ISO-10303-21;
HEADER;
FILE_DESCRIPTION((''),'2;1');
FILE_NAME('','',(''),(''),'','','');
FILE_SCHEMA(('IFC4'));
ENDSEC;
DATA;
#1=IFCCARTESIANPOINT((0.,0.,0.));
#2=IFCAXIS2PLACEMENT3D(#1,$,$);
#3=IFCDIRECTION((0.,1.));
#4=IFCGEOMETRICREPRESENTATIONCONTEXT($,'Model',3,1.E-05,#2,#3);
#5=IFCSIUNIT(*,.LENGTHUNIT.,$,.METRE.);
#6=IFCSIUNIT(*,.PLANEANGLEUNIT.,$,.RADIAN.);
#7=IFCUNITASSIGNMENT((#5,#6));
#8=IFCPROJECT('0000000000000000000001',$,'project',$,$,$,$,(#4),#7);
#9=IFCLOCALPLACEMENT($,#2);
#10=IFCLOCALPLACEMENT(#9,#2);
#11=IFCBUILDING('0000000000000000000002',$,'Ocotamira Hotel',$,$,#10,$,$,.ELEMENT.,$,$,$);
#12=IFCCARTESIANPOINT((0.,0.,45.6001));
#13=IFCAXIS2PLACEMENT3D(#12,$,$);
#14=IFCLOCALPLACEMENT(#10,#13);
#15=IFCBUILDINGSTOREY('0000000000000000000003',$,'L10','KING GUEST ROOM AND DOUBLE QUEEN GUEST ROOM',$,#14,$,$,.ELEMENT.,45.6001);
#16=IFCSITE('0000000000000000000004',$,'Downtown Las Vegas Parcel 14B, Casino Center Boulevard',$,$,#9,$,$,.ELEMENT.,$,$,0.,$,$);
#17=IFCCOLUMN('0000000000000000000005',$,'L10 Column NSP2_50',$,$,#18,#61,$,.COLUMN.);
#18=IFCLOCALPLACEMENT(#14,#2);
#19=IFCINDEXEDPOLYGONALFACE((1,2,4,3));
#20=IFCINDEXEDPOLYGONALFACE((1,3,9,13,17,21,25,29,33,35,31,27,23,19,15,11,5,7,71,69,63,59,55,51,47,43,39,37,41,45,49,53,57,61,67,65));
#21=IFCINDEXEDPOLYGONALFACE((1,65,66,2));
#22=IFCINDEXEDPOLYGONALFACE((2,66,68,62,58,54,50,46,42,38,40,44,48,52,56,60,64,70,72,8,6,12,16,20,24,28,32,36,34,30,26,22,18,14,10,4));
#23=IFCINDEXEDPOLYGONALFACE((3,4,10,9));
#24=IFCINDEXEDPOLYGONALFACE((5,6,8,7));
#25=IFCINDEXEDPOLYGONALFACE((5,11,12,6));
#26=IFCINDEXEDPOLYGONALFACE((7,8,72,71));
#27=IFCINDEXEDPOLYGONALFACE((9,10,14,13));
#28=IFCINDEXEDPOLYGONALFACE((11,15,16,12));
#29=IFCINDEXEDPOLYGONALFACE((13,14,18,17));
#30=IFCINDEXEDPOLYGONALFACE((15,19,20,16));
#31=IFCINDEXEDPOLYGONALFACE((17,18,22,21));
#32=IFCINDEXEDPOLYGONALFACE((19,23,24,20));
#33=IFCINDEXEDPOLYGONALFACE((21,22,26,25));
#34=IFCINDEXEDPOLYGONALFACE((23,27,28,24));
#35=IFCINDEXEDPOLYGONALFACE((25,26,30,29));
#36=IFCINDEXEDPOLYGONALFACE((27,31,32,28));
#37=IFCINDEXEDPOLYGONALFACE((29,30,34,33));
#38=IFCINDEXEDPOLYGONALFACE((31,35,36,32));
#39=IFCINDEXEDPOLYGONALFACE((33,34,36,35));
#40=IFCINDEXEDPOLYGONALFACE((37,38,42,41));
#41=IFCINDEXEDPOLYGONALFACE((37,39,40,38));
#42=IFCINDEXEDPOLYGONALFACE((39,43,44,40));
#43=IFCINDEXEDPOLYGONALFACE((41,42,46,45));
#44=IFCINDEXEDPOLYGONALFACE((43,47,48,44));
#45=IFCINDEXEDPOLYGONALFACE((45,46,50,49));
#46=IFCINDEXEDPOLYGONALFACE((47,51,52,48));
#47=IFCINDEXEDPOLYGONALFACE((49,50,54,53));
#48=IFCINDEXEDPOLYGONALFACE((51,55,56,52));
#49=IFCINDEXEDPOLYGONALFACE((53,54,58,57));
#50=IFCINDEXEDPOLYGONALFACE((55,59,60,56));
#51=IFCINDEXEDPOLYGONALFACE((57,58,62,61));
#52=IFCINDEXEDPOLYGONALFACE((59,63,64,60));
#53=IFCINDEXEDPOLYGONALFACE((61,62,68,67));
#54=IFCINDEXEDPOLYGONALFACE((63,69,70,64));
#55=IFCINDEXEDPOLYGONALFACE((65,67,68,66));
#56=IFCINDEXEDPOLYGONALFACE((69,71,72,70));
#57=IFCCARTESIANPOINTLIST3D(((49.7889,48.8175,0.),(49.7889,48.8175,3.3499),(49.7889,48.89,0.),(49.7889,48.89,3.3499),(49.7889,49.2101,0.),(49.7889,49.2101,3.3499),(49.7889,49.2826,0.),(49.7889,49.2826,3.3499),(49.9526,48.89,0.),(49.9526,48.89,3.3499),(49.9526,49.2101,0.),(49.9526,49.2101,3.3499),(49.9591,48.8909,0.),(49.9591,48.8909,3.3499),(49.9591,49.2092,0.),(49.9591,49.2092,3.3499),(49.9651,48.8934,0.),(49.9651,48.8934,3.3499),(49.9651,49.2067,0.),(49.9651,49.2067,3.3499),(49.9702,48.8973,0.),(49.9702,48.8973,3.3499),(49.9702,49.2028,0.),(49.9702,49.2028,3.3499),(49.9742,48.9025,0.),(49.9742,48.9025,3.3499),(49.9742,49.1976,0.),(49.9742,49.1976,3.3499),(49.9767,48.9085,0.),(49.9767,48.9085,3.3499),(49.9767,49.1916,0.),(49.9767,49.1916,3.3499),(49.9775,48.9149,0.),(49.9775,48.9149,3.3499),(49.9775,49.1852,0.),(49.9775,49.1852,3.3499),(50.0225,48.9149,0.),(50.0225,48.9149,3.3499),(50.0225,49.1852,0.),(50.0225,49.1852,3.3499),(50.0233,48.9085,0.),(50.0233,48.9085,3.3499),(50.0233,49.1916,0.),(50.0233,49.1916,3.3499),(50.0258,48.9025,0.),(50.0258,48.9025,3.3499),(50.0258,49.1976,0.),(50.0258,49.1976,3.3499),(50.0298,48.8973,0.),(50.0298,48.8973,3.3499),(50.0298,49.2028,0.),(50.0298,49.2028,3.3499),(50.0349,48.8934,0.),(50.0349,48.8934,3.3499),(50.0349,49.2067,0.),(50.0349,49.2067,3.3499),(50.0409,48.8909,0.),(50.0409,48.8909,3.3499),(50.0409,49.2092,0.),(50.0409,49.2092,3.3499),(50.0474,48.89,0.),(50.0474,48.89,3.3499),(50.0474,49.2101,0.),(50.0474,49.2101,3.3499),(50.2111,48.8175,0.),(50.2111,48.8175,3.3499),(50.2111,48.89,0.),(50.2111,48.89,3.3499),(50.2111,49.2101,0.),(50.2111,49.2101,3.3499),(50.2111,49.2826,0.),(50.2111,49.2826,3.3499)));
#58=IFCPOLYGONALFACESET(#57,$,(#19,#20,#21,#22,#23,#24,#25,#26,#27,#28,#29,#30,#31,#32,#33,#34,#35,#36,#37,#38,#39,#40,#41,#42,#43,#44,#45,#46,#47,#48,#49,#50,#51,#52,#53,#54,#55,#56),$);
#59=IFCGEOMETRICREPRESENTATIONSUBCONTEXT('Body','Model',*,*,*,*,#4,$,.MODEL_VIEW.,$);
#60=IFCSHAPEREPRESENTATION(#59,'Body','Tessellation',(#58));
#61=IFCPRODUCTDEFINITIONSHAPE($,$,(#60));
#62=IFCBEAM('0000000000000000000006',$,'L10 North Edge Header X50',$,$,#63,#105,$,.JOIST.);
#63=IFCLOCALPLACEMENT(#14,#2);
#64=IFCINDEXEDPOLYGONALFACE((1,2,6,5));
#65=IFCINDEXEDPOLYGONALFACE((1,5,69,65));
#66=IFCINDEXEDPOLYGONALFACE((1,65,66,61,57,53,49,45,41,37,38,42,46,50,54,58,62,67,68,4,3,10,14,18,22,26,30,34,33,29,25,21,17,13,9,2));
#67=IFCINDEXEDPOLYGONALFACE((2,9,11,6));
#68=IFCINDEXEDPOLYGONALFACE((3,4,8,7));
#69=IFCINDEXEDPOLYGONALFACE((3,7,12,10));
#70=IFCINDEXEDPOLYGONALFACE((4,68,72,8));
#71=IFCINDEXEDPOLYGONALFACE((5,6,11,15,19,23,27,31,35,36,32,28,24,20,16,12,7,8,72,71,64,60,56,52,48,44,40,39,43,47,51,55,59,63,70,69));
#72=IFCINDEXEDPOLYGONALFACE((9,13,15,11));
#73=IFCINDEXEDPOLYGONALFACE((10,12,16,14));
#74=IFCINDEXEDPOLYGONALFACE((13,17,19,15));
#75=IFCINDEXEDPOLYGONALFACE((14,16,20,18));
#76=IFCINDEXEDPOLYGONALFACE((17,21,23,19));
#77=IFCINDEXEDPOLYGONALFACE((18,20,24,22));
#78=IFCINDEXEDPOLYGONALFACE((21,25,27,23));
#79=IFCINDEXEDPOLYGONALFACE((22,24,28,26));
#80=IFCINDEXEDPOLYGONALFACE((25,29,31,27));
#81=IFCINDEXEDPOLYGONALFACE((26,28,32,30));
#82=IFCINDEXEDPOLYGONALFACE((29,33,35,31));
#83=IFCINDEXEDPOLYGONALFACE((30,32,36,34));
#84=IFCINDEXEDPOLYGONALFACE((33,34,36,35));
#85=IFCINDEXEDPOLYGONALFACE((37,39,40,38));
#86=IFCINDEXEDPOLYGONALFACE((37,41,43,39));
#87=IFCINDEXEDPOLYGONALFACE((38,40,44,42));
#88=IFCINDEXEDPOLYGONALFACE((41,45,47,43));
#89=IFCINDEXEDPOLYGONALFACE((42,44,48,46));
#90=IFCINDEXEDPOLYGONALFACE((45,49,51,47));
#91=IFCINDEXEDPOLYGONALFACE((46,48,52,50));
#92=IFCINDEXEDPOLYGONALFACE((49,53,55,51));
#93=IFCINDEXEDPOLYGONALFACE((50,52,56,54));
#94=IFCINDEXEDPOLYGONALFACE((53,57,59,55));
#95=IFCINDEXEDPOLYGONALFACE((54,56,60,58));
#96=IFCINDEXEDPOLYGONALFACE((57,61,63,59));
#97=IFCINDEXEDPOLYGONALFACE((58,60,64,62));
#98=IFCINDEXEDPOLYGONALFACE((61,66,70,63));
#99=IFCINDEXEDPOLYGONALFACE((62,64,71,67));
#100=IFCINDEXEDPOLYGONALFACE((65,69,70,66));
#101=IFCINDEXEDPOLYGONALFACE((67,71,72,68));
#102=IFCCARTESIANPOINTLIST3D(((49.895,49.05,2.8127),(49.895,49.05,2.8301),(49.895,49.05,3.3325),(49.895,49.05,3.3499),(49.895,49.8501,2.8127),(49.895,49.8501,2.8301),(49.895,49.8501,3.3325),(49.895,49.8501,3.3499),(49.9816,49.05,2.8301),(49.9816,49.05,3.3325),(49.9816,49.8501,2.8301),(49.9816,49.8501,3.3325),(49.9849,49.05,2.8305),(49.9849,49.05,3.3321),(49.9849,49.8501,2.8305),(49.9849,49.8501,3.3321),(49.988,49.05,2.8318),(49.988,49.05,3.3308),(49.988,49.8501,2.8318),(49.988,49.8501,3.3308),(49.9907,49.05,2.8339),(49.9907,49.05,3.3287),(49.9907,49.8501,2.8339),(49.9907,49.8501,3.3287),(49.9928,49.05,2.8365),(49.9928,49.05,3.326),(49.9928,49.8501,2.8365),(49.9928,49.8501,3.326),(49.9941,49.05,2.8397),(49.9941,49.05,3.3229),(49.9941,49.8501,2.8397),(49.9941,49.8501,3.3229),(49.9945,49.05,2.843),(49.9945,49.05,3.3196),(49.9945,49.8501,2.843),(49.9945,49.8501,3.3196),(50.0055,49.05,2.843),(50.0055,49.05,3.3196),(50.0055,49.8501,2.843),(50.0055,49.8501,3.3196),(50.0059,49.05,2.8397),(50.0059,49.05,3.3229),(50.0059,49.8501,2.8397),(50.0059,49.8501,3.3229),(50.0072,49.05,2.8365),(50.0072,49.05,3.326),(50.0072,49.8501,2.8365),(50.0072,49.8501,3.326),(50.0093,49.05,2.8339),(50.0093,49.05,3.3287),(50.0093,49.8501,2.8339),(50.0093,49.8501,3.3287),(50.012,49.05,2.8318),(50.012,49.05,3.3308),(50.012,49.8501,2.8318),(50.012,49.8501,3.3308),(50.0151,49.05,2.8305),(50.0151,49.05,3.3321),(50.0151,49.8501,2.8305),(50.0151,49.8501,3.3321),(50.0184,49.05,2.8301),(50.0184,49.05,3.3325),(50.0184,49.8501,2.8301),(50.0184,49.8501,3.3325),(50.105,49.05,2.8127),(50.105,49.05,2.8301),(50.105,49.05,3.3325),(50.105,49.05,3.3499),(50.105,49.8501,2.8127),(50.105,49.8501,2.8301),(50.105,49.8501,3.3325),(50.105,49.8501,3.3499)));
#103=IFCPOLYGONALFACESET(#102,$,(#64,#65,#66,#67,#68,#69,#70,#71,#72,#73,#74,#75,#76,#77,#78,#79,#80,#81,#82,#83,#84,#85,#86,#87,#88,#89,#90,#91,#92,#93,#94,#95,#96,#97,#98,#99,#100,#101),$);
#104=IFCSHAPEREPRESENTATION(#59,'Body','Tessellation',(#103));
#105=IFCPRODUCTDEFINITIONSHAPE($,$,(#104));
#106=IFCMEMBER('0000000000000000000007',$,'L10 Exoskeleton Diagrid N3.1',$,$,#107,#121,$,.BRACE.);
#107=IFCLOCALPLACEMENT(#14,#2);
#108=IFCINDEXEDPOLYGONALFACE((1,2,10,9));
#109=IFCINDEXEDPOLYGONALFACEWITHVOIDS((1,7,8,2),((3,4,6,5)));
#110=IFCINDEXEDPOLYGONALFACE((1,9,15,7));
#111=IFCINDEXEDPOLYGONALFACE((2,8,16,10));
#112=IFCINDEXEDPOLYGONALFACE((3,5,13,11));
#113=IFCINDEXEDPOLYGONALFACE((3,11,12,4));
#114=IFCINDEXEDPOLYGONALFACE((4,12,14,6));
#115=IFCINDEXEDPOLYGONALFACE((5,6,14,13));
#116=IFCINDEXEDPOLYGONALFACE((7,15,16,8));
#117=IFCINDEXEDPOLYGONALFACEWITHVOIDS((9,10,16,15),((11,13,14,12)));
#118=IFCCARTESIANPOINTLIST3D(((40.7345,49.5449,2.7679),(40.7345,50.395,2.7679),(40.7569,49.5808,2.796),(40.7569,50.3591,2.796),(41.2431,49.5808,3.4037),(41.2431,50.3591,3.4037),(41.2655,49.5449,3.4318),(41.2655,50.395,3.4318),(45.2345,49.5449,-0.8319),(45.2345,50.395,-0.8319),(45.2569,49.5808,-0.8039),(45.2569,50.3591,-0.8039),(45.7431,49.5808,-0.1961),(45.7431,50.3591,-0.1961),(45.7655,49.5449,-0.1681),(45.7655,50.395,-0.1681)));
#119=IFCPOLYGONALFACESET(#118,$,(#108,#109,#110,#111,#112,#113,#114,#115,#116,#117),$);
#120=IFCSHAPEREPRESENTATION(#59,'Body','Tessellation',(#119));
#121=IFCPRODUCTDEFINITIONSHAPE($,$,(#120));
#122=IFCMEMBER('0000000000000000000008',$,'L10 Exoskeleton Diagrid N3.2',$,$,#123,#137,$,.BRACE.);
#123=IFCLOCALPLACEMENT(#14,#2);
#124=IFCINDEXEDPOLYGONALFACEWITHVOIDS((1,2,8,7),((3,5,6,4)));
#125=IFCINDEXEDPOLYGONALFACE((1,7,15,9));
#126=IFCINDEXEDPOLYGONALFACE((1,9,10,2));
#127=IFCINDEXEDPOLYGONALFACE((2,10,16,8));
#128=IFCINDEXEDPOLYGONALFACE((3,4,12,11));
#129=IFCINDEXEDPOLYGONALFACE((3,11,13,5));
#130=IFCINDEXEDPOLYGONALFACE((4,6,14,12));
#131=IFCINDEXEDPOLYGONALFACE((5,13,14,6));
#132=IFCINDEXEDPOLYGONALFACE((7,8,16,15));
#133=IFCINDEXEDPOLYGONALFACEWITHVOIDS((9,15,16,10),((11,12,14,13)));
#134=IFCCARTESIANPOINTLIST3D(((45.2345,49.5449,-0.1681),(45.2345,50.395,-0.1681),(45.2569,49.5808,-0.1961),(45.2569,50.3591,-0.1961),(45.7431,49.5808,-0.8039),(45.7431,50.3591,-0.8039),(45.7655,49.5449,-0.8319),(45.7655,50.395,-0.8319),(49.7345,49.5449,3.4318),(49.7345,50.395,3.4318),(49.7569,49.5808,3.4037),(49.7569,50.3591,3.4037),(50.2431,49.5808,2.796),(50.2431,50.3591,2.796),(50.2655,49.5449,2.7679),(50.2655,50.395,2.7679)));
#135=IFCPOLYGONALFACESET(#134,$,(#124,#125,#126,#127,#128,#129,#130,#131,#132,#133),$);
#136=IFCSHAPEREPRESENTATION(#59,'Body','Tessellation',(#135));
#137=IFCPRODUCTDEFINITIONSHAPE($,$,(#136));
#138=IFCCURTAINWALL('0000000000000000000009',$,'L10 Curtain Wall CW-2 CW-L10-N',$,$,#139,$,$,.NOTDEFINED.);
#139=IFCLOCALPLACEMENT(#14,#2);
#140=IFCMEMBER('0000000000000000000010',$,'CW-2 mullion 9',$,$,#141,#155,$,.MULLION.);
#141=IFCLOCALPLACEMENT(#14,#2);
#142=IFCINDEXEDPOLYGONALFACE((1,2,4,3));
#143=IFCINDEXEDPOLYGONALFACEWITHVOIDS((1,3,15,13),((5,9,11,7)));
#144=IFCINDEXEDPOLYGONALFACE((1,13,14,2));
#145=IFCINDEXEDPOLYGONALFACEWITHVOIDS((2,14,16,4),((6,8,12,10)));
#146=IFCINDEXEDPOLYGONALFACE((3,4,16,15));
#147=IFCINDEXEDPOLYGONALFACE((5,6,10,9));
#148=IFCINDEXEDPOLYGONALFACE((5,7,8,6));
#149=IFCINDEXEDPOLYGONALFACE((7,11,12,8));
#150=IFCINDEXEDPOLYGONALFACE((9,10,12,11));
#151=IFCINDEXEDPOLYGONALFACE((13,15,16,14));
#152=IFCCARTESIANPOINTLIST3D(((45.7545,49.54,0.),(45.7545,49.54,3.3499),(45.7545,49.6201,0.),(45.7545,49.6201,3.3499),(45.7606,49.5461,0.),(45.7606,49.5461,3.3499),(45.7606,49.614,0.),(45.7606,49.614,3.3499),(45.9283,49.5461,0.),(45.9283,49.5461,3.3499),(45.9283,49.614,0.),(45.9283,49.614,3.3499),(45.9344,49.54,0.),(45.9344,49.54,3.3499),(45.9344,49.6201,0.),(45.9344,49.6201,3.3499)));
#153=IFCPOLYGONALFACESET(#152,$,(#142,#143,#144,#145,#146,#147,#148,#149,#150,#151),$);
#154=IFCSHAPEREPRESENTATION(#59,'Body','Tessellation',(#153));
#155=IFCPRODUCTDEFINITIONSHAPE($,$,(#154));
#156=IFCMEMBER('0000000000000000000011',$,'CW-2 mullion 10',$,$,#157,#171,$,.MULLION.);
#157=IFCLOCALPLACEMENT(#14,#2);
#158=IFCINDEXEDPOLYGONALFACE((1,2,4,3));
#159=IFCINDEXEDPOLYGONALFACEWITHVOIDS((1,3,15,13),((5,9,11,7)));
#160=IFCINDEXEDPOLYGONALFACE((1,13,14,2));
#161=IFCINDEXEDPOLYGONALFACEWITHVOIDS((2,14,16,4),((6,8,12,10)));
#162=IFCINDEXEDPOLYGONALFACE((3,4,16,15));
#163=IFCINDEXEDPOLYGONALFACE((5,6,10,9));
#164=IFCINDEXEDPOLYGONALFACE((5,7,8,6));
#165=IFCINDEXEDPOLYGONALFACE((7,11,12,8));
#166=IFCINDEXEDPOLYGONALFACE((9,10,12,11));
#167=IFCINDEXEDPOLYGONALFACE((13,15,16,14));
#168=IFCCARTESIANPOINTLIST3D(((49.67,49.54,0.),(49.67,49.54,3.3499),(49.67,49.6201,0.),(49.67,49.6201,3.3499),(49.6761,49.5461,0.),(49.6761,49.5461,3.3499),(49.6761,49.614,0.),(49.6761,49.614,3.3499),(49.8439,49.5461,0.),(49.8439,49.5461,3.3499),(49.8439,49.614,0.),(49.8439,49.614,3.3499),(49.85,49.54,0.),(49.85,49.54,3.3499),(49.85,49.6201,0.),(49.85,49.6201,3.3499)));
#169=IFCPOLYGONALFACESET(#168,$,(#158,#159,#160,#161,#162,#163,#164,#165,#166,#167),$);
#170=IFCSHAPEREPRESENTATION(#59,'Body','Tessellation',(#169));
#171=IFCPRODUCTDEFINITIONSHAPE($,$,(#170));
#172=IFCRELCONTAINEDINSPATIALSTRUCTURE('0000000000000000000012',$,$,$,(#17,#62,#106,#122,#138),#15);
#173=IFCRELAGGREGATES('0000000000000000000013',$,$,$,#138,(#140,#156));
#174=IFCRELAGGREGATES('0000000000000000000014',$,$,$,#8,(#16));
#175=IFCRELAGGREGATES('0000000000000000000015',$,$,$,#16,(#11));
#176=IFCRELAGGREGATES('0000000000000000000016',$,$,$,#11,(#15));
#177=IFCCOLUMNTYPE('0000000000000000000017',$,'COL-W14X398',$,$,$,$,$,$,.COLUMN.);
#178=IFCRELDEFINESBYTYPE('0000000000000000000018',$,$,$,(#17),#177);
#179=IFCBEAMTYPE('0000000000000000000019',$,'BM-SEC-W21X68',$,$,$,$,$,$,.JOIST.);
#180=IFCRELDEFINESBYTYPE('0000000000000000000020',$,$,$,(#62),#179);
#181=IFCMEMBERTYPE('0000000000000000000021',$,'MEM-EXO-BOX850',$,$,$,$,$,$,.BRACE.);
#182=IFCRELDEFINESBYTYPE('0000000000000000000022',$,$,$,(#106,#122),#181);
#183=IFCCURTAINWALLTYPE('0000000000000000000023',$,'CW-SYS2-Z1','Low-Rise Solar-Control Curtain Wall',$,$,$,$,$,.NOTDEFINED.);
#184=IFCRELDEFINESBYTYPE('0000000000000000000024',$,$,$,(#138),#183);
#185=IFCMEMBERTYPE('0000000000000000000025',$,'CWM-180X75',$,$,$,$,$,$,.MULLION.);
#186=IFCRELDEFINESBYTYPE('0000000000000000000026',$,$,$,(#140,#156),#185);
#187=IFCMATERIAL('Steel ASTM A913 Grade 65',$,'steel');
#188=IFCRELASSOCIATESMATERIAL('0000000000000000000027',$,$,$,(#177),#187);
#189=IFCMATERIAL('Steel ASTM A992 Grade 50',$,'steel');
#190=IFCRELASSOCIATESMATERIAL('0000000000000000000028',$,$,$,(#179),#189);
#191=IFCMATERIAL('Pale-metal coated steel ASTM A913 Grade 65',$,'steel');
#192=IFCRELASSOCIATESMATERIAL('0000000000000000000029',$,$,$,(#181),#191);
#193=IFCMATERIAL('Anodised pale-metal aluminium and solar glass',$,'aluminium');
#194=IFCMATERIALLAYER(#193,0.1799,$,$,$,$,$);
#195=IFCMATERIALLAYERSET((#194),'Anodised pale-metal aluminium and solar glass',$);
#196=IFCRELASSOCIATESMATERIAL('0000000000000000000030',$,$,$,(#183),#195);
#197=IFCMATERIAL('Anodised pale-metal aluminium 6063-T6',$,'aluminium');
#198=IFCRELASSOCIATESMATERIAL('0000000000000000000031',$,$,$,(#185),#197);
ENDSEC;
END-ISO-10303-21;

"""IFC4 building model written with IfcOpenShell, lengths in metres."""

from ifc_helpers import new_model, si_unit, direction, frame, origin, origin_2d, place, context, subcontext, project, spatial, hollow_rectangle, i_section, extrude, source, transform, mapped, material, layer, layer_set, material_profile, profile_set, type_object, element, aggregate, save


model = new_model("IFC4")

# Units and contexts
model_context = context("Model", 3, precision=1e-05, world=origin(), true_north=direction((0.0, 1.0)))
body_context = subcontext(model_context, "Body", "Model", "MODEL_VIEW")
ifc_project = project(units=[si_unit("LENGTHUNIT", "METRE"), si_unit("PLANEANGLEUNIT", "RADIAN")], contexts=[model_context])

# Site, building, storey
site_placement = place(None, origin())
site = spatial("IfcSite", under=ifc_project, at=site_placement, Name="Downtown Las Vegas Parcel 14B, Casino Center Boulevard", CompositionType="ELEMENT", RefElevation=0.0)
building_placement = place(site_placement, origin())
building = spatial("IfcBuilding", under=site, at=building_placement, Name="Ocotamira Hotel", CompositionType="ELEMENT")
storey_placement = place(building_placement, frame((0.0, 0.0, 45.6001)))
storey = spatial("IfcBuildingStorey", under=building, at=storey_placement, Name="L10", Description="KING GUEST ROOM AND DOUBLE QUEEN GUEST ROOM", CompositionType="ELEMENT", Elevation=45.6001)

# Column
ifc_material_1 = material(Name="Steel ASTM A913 Grade 65", Category="steel")
ifc_material_profile_1 = material_profile(ifc_material_1, i_section(OverallWidth=0.4221, OverallDepth=0.4651, WebThickness=0.0449, FlangeThickness=0.0725, FilletRadius=0.0249, at=origin_2d()), Name="W14X398")
ifc_profile_set_1 = profile_set([ifc_material_profile_1], Name="Steel ASTM A913 Grade 65")
column_type = type_object("IfcColumnType", Name="COL-W14X398", PredefinedType="COLUMN", material=ifc_profile_set_1)
shared_shape_1 = source(origin(), body_context, "Body", "SweptSolid", [
    extrude(i_section(OverallWidth=0.4221, OverallDepth=0.4651, WebThickness=0.0449, FlangeThickness=0.0725, FilletRadius=0.0249, at=origin_2d()), origin(), (0.0, 0.0, 1.0), 3.3499),
])
column_placement = place(storey_placement, frame((50.0, 49.05, 0.0), z_axis=(0.0, 0.0, 1.0), x_axis=(1.0, 0.0, 0.0)))
element("IfcColumn", 1, at=column_placement, inside=storey, type_object=column_type, Name="L10 Column NSP2_50", PredefinedType="COLUMN", context=body_context, shape_type="MappedRepresentation", body=[
    mapped(shared_shape_1, transform((0.0, 0.0, 0.0), scale=1.0)),
])

# Beam
ifc_material_2 = material(Name="Steel ASTM A992 Grade 50", Category="steel")
ifc_material_profile_2 = material_profile(ifc_material_2, i_section(OverallWidth=0.21, OverallDepth=0.5371, WebThickness=0.011, FlangeThickness=0.0173, FilletRadius=0.0129, at=origin_2d()), Name="W21X68")
ifc_profile_set_2 = profile_set([ifc_material_profile_2], Name="Steel ASTM A992 Grade 50")
beam_type = type_object("IfcBeamType", Name="BM-SEC-W21X68", PredefinedType="JOIST", material=ifc_profile_set_2)
shared_shape_2 = source(origin(), body_context, "Body", "SweptSolid", [
    extrude(i_section(OverallWidth=0.21, OverallDepth=0.5371, WebThickness=0.011, FlangeThickness=0.0173, FilletRadius=0.0129, at=origin_2d()), origin(), (0.0, 0.0, 1.0), 0.8),
])
beam_placement = place(storey_placement, frame((50.0, 49.05, 3.0813), z_axis=(0.0, 1.0, 0.0), x_axis=(-1.0, 0.0, 0.0)))
element("IfcBeam", 2, at=beam_placement, inside=storey, type_object=beam_type, Name="L10 North Edge Header X50", PredefinedType="JOIST", context=body_context, shape_type="MappedRepresentation", body=[
    mapped(shared_shape_2, transform((0.0, 0.0, 0.0), scale=1.0)),
])

# Members
ifc_material_3 = material(Name="Pale-metal coated steel ASTM A913 Grade 65", Category="steel")
ifc_material_profile_3 = material_profile(ifc_material_3, hollow_rectangle(XDim=0.8501, YDim=0.8501, WallThickness=0.0359, at=origin_2d()), Name="BOX850X850X36")
ifc_profile_set_3 = profile_set([ifc_material_profile_3], Name="Pale-metal coated steel ASTM A913 Grade 65")
member_type_1 = type_object("IfcMemberType", Name="MEM-EXO-BOX850", PredefinedType="BRACE", material=ifc_profile_set_3)
shared_shape_3 = source(origin(), body_context, "Body", "SweptSolid", [
    extrude(hollow_rectangle(XDim=0.8501, YDim=0.8501, WallThickness=0.0359, at=origin_2d()), origin(), (0.0, 0.0, 1.0), 5.7627),
])
for number, where, z_axis, x_axis, name in (
    (3, (45.5, 49.97, -0.5), (-0.780881, 0.0, 0.62468), (0.0, -1.0, 0.0), "L10 Exoskeleton Diagrid N3.1"),
    (4, (45.5, 49.97, -0.5), (0.780881, 0.0, 0.62468), (0.0, 1.0, 0.0), "L10 Exoskeleton Diagrid N3.2"),
):
    element("IfcMember", number, at=place(storey_placement, frame(where, z_axis=z_axis, x_axis=x_axis)), inside=storey, type_object=member_type_1, Name=name, PredefinedType="BRACE", context=body_context, shape_type="MappedRepresentation", body=[
        mapped(shared_shape_3, transform((0.0, 0.0, 0.0), scale=1.0)),
    ])

# Curtain wall, members
ifc_material_4 = material(Name="Anodised pale-metal aluminium and solar glass", Category="aluminium")
ifc_layer_1 = layer(ifc_material_4, 0.1799)
ifc_layer_set_1 = layer_set([ifc_layer_1], Name="Anodised pale-metal aluminium and solar glass")
curtain_wall_type = type_object("IfcCurtainWallType", Name="CW-SYS2-Z1", Description="Low-Rise Solar-Control Curtain Wall", PredefinedType="NOTDEFINED", material=ifc_layer_set_1)
curtain_wall_placement = place(storey_placement, origin())
curtain_wall = element("IfcCurtainWall", 5, at=curtain_wall_placement, inside=storey, type_object=curtain_wall_type, Name="L10 Curtain Wall CW-2 CW-L10-N", PredefinedType="NOTDEFINED")
ifc_material_5 = material(Name="Anodised pale-metal aluminium 6063-T6", Category="aluminium")
ifc_material_profile_4 = material_profile(ifc_material_5, hollow_rectangle(XDim=0.0801, YDim=0.1799, WallThickness=0.0061, at=origin_2d()), Name="HSS180X80X6")
ifc_profile_set_4 = profile_set([ifc_material_profile_4], Name="Anodised pale-metal aluminium 6063-T6")
member_type_2 = type_object("IfcMemberType", Name="CWM-180X75", PredefinedType="MULLION", material=ifc_profile_set_4)
shared_shape_4 = source(origin(), body_context, "Body", "SweptSolid", [
    extrude(hollow_rectangle(XDim=0.0801, YDim=0.1799, WallThickness=0.0061, at=origin_2d()), origin(), (0.0, 0.0, 1.0), 3.3499),
])
member_1_placement = place(storey_placement, frame((45.8445, 49.5801, 0.0), z_axis=(0.0, 0.0, 1.0), x_axis=(0.0, 1.0, 0.0)))
member_1 = element("IfcMember", 6, at=member_1_placement, type_object=member_type_2, Name="CW-2 mullion 9", PredefinedType="MULLION", context=body_context, shape_type="MappedRepresentation", body=[
    mapped(shared_shape_4, transform((0.0, 0.0, 0.0), scale=1.0)),
])
member_2_placement = place(storey_placement, frame((49.76, 49.5801, 0.0), z_axis=(0.0, 0.0, 1.0), x_axis=(0.0, 1.0, 0.0)))
member_2 = element("IfcMember", 7, at=member_2_placement, type_object=member_type_2, Name="CW-2 mullion 10", PredefinedType="MULLION", context=body_context, shape_type="MappedRepresentation", body=[
    mapped(shared_shape_4, transform((0.0, 0.0, 0.0), scale=1.0)),
])

aggregate(curtain_wall, [member_1, member_2])

save(model, "model.ifc")
